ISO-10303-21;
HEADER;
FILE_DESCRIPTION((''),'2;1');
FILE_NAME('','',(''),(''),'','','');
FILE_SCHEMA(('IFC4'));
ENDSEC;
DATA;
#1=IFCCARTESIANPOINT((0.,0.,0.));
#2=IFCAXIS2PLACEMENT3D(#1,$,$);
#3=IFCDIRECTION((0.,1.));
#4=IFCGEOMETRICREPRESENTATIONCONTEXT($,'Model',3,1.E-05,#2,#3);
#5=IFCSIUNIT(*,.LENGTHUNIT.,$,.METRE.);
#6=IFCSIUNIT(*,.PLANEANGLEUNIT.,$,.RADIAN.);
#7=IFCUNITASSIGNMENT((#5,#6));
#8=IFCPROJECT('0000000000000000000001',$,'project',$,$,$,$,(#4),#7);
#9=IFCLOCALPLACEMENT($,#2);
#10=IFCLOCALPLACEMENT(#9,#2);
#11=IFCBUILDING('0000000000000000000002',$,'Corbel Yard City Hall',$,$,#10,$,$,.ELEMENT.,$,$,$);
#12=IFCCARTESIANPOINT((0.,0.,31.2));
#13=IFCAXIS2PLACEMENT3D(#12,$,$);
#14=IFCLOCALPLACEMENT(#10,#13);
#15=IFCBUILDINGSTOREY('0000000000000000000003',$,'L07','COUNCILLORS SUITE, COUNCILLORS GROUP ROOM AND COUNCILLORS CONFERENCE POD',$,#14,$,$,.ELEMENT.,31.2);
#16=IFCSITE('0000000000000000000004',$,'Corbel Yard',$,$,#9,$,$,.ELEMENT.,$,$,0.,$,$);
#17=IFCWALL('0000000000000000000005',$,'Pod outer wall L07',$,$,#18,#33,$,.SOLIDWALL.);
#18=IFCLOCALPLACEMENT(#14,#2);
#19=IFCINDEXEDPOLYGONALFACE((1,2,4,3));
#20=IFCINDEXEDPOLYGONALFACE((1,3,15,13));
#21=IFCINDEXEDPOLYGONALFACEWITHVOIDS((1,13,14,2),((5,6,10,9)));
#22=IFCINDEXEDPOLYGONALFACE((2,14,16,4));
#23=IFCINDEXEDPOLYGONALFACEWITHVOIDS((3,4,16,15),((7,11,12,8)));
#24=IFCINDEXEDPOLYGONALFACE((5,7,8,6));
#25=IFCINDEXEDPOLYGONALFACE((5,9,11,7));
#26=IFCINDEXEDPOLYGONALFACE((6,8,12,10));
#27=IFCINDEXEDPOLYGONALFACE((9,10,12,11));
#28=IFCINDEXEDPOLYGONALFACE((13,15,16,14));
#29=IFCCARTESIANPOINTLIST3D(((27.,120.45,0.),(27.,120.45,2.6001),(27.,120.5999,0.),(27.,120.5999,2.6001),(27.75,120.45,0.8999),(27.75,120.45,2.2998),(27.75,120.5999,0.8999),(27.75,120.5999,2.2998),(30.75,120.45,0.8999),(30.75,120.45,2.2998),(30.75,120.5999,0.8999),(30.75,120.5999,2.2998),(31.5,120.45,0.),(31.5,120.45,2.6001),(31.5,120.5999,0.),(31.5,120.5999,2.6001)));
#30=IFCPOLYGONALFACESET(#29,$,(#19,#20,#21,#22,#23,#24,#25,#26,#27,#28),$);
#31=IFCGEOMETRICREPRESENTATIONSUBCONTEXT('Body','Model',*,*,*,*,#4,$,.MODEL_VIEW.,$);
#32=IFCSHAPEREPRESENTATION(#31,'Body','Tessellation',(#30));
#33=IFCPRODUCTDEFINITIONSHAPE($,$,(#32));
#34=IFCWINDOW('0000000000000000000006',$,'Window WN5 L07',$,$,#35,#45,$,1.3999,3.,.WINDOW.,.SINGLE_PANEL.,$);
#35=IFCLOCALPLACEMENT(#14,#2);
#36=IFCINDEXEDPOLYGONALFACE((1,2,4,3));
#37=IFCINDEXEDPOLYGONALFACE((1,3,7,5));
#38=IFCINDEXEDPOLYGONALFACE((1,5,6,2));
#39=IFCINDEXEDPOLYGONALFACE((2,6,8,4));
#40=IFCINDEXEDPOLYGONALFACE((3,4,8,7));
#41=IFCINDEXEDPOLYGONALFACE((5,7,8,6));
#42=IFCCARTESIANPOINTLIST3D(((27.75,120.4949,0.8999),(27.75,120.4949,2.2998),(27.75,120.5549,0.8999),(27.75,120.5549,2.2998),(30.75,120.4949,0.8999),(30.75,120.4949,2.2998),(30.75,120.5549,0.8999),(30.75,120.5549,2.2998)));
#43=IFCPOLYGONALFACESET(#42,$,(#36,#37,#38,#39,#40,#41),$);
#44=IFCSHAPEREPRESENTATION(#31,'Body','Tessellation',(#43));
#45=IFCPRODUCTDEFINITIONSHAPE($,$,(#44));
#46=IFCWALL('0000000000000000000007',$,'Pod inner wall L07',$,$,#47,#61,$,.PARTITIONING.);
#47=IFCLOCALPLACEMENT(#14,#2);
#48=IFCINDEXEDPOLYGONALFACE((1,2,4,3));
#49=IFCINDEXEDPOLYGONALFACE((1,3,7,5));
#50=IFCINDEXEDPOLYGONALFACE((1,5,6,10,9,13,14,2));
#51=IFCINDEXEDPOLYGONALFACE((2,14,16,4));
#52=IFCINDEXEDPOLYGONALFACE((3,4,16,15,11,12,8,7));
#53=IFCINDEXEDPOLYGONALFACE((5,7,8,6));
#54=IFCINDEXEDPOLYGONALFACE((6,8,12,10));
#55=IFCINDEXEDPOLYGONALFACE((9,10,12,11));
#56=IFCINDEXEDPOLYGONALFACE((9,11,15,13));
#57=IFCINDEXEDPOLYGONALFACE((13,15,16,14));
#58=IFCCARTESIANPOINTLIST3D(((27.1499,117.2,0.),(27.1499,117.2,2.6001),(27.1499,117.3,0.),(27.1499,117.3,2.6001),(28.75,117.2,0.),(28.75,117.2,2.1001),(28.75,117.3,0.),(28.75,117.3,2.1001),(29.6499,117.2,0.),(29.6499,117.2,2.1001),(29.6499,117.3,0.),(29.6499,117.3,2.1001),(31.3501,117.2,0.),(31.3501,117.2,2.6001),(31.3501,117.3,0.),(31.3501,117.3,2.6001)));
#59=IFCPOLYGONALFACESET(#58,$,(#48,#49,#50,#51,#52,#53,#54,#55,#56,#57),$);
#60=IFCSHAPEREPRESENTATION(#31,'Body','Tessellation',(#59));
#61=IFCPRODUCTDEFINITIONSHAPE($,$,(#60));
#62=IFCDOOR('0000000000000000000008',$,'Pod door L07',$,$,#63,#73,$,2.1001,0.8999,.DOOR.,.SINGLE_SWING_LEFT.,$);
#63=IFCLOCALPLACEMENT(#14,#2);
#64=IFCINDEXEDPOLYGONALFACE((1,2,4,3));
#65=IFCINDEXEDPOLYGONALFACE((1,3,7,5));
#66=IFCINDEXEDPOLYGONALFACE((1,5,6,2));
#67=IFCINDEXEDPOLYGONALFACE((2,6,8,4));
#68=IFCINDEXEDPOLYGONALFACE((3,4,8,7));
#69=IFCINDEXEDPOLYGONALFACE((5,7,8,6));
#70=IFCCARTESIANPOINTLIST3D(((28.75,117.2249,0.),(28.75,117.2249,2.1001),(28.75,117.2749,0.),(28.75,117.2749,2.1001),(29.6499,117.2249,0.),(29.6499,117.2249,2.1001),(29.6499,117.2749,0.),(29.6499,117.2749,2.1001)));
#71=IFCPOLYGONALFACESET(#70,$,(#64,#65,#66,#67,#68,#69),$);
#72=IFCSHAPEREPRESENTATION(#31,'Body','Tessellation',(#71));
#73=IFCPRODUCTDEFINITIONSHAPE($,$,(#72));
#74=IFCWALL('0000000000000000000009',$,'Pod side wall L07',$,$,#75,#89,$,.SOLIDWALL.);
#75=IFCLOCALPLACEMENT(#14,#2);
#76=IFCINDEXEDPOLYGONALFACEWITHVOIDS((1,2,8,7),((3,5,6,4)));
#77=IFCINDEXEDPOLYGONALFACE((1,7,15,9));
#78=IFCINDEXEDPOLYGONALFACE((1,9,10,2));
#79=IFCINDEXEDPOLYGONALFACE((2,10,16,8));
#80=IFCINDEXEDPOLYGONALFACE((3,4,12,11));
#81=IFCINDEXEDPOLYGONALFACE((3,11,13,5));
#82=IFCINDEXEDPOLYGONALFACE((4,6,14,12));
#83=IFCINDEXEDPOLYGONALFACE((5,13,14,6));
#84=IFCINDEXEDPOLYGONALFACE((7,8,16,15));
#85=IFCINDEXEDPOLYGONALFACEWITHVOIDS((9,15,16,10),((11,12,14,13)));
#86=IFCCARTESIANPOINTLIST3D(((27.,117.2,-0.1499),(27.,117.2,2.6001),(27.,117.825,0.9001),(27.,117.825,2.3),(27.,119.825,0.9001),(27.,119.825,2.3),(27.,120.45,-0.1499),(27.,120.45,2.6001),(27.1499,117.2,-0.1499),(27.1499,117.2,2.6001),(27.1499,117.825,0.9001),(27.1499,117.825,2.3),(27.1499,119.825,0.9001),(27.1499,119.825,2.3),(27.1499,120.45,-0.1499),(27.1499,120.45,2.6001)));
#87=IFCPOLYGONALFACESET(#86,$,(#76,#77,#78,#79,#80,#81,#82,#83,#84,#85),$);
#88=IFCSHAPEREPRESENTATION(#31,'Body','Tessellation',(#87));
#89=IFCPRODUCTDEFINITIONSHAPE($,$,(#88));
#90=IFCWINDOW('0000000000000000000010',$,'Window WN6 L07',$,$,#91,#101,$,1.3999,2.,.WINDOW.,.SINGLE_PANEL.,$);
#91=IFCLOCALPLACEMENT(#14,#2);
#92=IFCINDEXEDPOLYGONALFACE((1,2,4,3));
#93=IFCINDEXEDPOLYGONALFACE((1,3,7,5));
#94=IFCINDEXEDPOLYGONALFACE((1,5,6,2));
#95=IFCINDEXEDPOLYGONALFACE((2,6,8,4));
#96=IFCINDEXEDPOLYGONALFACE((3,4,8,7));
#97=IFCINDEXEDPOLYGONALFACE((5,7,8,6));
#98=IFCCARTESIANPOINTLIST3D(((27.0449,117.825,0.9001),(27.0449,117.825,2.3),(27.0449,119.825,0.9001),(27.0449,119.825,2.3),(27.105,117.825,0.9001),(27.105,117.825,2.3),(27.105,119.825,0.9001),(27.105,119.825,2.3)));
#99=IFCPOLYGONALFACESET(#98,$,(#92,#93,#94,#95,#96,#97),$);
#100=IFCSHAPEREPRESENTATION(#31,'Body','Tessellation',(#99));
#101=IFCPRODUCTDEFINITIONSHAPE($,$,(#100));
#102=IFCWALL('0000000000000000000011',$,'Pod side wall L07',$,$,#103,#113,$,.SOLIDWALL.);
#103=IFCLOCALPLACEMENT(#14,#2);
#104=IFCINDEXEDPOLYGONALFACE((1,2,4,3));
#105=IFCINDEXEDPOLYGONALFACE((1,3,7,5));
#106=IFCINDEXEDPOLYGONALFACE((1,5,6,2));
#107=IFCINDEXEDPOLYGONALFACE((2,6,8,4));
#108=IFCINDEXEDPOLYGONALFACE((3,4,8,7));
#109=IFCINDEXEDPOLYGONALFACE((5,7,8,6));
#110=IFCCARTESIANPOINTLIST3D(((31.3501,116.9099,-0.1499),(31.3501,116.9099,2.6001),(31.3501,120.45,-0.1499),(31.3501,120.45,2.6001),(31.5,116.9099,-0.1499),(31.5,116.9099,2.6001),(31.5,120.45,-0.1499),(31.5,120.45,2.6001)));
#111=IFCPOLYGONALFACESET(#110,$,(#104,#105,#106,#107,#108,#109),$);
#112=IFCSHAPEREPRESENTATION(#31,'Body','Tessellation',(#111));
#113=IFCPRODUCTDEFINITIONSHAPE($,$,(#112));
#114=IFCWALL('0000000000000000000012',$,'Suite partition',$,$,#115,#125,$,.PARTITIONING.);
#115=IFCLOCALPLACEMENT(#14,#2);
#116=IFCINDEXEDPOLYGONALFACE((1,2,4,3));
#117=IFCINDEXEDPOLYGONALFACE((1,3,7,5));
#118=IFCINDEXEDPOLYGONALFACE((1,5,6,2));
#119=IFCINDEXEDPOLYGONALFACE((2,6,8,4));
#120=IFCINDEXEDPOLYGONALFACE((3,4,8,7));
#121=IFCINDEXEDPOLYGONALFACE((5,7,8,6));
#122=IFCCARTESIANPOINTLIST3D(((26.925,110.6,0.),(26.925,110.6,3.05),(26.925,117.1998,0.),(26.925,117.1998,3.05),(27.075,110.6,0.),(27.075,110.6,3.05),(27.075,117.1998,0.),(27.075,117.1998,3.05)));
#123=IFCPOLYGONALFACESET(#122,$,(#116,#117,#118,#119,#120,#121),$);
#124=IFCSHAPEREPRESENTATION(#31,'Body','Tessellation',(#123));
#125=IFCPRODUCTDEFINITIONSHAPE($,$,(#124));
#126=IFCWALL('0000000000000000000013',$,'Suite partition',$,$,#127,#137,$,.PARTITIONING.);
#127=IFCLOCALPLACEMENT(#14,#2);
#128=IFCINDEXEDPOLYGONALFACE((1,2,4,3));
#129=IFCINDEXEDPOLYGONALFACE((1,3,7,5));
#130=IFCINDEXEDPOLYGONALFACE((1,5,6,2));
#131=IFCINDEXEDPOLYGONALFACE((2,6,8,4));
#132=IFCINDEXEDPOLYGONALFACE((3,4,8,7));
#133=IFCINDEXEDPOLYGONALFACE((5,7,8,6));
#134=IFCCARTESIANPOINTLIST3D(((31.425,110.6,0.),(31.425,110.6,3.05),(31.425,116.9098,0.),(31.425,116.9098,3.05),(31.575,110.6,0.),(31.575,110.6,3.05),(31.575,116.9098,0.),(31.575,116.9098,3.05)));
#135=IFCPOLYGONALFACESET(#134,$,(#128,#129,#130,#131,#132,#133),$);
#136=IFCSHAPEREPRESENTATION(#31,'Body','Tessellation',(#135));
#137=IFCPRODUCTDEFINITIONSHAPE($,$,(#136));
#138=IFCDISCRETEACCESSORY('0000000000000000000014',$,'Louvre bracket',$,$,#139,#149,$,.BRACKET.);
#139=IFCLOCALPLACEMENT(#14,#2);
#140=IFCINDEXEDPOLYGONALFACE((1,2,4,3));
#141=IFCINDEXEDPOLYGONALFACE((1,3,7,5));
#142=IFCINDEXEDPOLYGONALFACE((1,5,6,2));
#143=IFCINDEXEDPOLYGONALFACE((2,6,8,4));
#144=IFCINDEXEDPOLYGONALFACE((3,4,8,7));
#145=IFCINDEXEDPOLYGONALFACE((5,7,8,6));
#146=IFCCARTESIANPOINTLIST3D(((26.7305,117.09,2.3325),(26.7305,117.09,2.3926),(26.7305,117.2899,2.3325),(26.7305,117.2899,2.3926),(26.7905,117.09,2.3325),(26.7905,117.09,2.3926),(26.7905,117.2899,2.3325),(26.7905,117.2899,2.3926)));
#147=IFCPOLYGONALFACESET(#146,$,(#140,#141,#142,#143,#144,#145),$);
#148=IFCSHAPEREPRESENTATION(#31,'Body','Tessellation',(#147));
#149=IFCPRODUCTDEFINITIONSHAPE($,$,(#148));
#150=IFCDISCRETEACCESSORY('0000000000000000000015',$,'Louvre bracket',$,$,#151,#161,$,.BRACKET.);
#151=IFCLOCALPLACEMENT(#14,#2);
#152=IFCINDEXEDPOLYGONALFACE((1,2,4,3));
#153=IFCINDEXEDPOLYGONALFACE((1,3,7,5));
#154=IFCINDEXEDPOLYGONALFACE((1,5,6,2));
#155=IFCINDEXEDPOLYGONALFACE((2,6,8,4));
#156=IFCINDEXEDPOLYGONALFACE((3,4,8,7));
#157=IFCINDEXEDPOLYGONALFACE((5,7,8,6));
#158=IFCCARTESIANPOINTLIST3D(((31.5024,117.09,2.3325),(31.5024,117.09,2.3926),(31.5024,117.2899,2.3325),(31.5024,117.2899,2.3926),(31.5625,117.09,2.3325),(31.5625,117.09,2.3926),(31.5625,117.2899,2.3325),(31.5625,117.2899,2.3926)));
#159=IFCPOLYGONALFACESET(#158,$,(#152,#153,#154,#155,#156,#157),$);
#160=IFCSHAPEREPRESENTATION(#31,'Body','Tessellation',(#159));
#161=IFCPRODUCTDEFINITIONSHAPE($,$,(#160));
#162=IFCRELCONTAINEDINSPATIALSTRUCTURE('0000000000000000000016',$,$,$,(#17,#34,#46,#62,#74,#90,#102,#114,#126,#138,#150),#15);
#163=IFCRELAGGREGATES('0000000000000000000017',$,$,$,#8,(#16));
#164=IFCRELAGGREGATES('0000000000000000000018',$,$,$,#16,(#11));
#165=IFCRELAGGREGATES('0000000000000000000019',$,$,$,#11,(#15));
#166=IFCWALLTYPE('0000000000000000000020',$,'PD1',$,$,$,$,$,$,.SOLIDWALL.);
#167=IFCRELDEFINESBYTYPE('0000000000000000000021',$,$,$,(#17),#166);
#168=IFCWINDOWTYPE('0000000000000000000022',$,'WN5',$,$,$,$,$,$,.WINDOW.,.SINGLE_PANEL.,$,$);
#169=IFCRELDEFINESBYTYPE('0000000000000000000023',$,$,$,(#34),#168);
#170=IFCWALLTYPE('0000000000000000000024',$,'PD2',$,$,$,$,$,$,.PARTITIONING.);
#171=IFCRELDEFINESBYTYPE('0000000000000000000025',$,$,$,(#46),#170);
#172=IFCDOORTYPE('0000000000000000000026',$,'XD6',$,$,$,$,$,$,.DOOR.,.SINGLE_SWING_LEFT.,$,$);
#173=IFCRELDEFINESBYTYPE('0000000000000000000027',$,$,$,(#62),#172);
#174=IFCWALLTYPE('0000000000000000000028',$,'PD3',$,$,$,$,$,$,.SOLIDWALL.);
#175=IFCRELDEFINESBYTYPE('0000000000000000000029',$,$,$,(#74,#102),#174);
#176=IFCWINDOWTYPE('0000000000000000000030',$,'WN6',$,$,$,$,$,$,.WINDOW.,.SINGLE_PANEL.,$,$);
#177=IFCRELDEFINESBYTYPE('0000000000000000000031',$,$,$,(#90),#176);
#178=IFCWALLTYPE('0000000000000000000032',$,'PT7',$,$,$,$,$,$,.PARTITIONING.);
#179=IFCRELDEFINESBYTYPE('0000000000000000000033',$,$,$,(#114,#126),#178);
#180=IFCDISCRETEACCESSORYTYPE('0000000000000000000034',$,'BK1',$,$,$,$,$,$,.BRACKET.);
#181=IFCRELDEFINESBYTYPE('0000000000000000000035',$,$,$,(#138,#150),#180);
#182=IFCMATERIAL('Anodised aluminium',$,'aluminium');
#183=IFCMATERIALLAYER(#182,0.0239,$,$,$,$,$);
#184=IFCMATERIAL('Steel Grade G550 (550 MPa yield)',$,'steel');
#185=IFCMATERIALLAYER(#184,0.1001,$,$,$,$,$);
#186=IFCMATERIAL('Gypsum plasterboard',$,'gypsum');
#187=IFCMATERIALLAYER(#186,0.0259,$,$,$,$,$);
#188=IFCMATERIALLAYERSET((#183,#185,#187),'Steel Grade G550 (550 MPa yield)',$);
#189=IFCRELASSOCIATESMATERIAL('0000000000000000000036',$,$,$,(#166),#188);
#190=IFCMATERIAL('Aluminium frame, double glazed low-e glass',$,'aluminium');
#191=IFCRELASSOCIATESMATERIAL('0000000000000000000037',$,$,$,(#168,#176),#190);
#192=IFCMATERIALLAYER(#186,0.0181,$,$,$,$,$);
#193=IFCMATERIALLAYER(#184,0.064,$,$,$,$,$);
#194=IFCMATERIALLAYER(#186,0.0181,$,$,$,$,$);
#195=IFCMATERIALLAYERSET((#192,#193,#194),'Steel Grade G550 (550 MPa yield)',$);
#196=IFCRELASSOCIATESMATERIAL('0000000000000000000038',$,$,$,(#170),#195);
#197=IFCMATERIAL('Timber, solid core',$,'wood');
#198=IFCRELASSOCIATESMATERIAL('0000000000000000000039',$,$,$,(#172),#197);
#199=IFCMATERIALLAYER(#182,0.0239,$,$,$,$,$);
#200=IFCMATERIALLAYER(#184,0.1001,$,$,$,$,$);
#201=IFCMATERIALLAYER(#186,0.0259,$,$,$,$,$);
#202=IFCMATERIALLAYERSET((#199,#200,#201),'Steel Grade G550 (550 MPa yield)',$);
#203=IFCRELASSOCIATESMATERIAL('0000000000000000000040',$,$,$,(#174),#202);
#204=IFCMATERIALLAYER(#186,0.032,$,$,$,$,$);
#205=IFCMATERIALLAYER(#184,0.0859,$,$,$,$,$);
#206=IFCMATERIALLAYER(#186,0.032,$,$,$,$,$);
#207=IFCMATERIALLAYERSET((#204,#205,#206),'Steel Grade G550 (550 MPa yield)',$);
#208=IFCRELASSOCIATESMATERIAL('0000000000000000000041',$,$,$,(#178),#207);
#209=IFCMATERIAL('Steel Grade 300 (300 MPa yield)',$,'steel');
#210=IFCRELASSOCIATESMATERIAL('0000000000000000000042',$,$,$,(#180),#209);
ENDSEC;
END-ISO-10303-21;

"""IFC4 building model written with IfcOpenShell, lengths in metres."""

from ifc_helpers import new_model, si_unit, direction, frame, frame_2d, origin, origin_2d, place, context, subcontext, project, spatial, rectangle, extrude, material, layer, layer_set, type_object, element, fill, save


model = new_model("IFC4")

# Units and contexts
model_context = context("Model", 3, precision=1e-05, world=origin(), true_north=direction((0.0, 1.0)))
body_context = subcontext(model_context, "Body", "Model", "MODEL_VIEW")
ifc_project = project(units=[si_unit("LENGTHUNIT", "METRE"), si_unit("PLANEANGLEUNIT", "RADIAN")], contexts=[model_context])

# Site, building, storey
site_placement = place(None, origin())
site = spatial("IfcSite", under=ifc_project, at=site_placement, Name="Corbel Yard", CompositionType="ELEMENT", RefElevation=0.0)
building_placement = place(site_placement, origin())
building = spatial("IfcBuilding", under=site, at=building_placement, Name="Corbel Yard City Hall", CompositionType="ELEMENT")
storey_placement = place(building_placement, frame((0.0, 0.0, 31.2)))
storey = spatial("IfcBuildingStorey", under=building, at=storey_placement, Name="L07", Description="COUNCILLORS SUITE, COUNCILLORS GROUP ROOM AND COUNCILLORS CONFERENCE POD", CompositionType="ELEMENT", Elevation=31.2)

# Shared definitions
ifc_material_1 = material(Name="Steel Grade 300 (300 MPa yield)", Category="steel")

# Wall, opening, window
ifc_material_2 = material(Name="Anodised aluminium", Category="aluminium")
ifc_layer_1 = layer(ifc_material_2, 0.0239)
ifc_material_3 = material(Name="Steel Grade G550 (550 MPa yield)", Category="steel")
ifc_layer_2 = layer(ifc_material_3, 0.1001)
ifc_material_4 = material(Name="Gypsum plasterboard", Category="gypsum")
ifc_layer_3 = layer(ifc_material_4, 0.0259)
ifc_layer_set_1 = layer_set([ifc_layer_1, ifc_layer_2, ifc_layer_3], Name="Steel Grade G550 (550 MPa yield)")
wall_type_1 = type_object("IfcWallType", Name="PD1", PredefinedType="SOLIDWALL", material=ifc_layer_set_1)
wall_1_placement = place(storey_placement, frame((27.0, 120.5249, 0.0), z_axis=(0.0, 0.0, 1.0), x_axis=(1.0, 0.0, 0.0)))
wall_1 = element("IfcWall", 1, at=wall_1_placement, inside=storey, type_object=wall_type_1, Name="Pod outer wall L07", PredefinedType="SOLIDWALL", context=body_context, shape_type="SweptSolid", body=[
    extrude(rectangle(XDim=4.5, YDim=0.1499, at=frame_2d((2.25, 0.0))), origin(), (0.0, 0.0, 1.0), 2.6001),
])
opening_1_placement = place(wall_1_placement, frame((0.75, 0.0, 0.8999)))
opening_1 = element("IfcOpeningElement", 2, at=opening_1_placement, cuts=wall_1, PredefinedType="OPENING", context=body_context, shape_type="SweptSolid", body=[
    extrude(rectangle(XDim=3.0, YDim=1.3999, at=frame_2d((1.5, 0.7))), frame((0.0, 0.085, 0.0), z_axis=(0.0, -1.0, 0.0), x_axis=(1.0, 0.0, 0.0)), (0.0, 0.0, 1.0), 0.1699),
])
ifc_material_5 = material(Name="Aluminium frame, double glazed low-e glass", Category="aluminium")
window_type_1 = type_object("IfcWindowType", Name="WN5", PartitioningType="SINGLE_PANEL", PredefinedType="WINDOW", material=ifc_material_5)
window_1_placement = place(opening_1_placement, origin())
window_1 = element("IfcWindow", 3, at=window_1_placement, inside=storey, type_object=window_type_1, Name="Window WN5 L07", OverallHeight=1.3999, OverallWidth=3.0, PartitioningType="SINGLE_PANEL", PredefinedType="WINDOW", context=body_context, shape_type="SweptSolid", body=[
    extrude(rectangle(XDim=3.0, YDim=1.3999, at=frame_2d((1.5, 0.7))), frame((0.0, 0.03, 0.0), z_axis=(0.0, -1.0, 0.0), x_axis=(1.0, 0.0, 0.0)), (0.0, 0.0, 1.0), 0.0601),
])
fill(opening_1, window_1)

# Wall, opening, door
ifc_layer_4 = layer(ifc_material_4, 0.0181)
ifc_layer_5 = layer(ifc_material_3, 0.064)
ifc_layer_6 = layer(ifc_material_4, 0.0181)
ifc_layer_set_2 = layer_set([ifc_layer_4, ifc_layer_5, ifc_layer_6], Name="Steel Grade G550 (550 MPa yield)")
wall_type_2 = type_object("IfcWallType", Name="PD2", PredefinedType="PARTITIONING", material=ifc_layer_set_2)
wall_2_placement = place(storey_placement, frame((27.1499, 117.25, 0.0), z_axis=(0.0, 0.0, 1.0), x_axis=(1.0, 0.0, 0.0)))
wall_2 = element("IfcWall", 4, at=wall_2_placement, inside=storey, type_object=wall_type_2, Name="Pod inner wall L07", PredefinedType="PARTITIONING", context=body_context, shape_type="SweptSolid", body=[
    extrude(rectangle(XDim=4.2002, YDim=0.1001, at=frame_2d((2.1001, 0.0))), origin(), (0.0, 0.0, 1.0), 2.6001),
])
opening_2_placement = place(wall_2_placement, frame((1.6001, 0.0, 0.0)))
opening_2 = element("IfcOpeningElement", 5, at=opening_2_placement, cuts=wall_2, PredefinedType="OPENING", context=body_context, shape_type="SweptSolid", body=[
    extrude(rectangle(XDim=0.8999, YDim=2.1001, at=frame_2d((0.45, 1.05))), frame((0.0, 0.0601, 0.0), z_axis=(0.0, -1.0, 0.0), x_axis=(1.0, 0.0, 0.0)), (0.0, 0.0, 1.0), 0.1201),
])
ifc_material_6 = material(Name="Timber, solid core", Category="wood")
door_type = type_object("IfcDoorType", Name="XD6", OperationType="SINGLE_SWING_LEFT", PredefinedType="DOOR", material=ifc_material_6)
door_placement = place(opening_2_placement, origin())
door = element("IfcDoor", 6, at=door_placement, inside=storey, type_object=door_type, Name="Pod door L07", OperationType="SINGLE_SWING_LEFT", OverallHeight=2.1001, OverallWidth=0.8999, PredefinedType="DOOR", context=body_context, shape_type="SweptSolid", body=[
    extrude(rectangle(XDim=0.8999, YDim=2.1001, at=frame_2d((0.45, 1.05))), frame((0.0, 0.0249, 0.0), z_axis=(0.0, -1.0, 0.0), x_axis=(1.0, 0.0, 0.0)), (0.0, 0.0, 1.0), 0.05),
])
fill(opening_2, door)

# Wall, opening, window
ifc_layer_7 = layer(ifc_material_2, 0.0239)
ifc_layer_8 = layer(ifc_material_3, 0.1001)
ifc_layer_9 = layer(ifc_material_4, 0.0259)
ifc_layer_set_3 = layer_set([ifc_layer_7, ifc_layer_8, ifc_layer_9], Name="Steel Grade G550 (550 MPa yield)")
wall_type_3 = type_object("IfcWallType", Name="PD3", PredefinedType="SOLIDWALL", material=ifc_layer_set_3)
wall_3_placement = place(storey_placement, frame((27.075, 120.45, -0.1499), z_axis=(0.0, 0.0, 1.0), x_axis=(0.0, -1.0, 0.0)))
wall_3 = element("IfcWall", 7, at=wall_3_placement, inside=storey, type_object=wall_type_3, Name="Pod side wall L07", PredefinedType="SOLIDWALL", context=body_context, shape_type="SweptSolid", body=[
    extrude(rectangle(XDim=3.25, YDim=0.1499, at=frame_2d((1.625, 0.0))), origin(), (0.0, 0.0, 1.0), 2.75),
])
opening_3_placement = place(wall_3_placement, frame((0.625, 0.0, 1.05)))
opening_3 = element("IfcOpeningElement", 8, at=opening_3_placement, cuts=wall_3, PredefinedType="OPENING", context=body_context, shape_type="SweptSolid", body=[
    extrude(rectangle(XDim=2.0, YDim=1.3999, at=frame_2d((1.0, 0.7))), frame((0.0, 0.085, 0.0), z_axis=(0.0, -1.0, 0.0), x_axis=(1.0, 0.0, 0.0)), (0.0, 0.0, 1.0), 0.1699),
])
window_type_2 = type_object("IfcWindowType", Name="WN6", PartitioningType="SINGLE_PANEL", PredefinedType="WINDOW", material=ifc_material_5)
window_2_placement = place(opening_3_placement, origin())
window_2 = element("IfcWindow", 9, at=window_2_placement, inside=storey, type_object=window_type_2, Name="Window WN6 L07", OverallHeight=1.3999, OverallWidth=2.0, PartitioningType="SINGLE_PANEL", PredefinedType="WINDOW", context=body_context, shape_type="SweptSolid", body=[
    extrude(rectangle(XDim=2.0, YDim=1.3999, at=frame_2d((1.0, 0.7))), frame((0.0, 0.03, 0.0), z_axis=(0.0, -1.0, 0.0), x_axis=(1.0, 0.0, 0.0)), (0.0, 0.0, 1.0), 0.0601),
])
fill(opening_3, window_2)

# Walls
wall_4_placement = place(storey_placement, frame((31.425, 120.45, -0.1499), z_axis=(0.0, 0.0, 1.0), x_axis=(0.0, -1.0, 0.0)))
element("IfcWall", 10, at=wall_4_placement, inside=storey, type_object=wall_type_3, Name="Pod side wall L07", PredefinedType="SOLIDWALL", context=body_context, shape_type="SweptSolid", body=[
    extrude(rectangle(XDim=3.54, YDim=0.1499, at=frame_2d((1.77, 0.0))), origin(), (0.0, 0.0, 1.0), 2.75),
])
ifc_layer_10 = layer(ifc_material_4, 0.032)
ifc_layer_11 = layer(ifc_material_3, 0.0859)
ifc_layer_12 = layer(ifc_material_4, 0.032)
ifc_layer_set_4 = layer_set([ifc_layer_10, ifc_layer_11, ifc_layer_12], Name="Steel Grade G550 (550 MPa yield)")
wall_type_4 = type_object("IfcWallType", Name="PT7", PredefinedType="PARTITIONING", material=ifc_layer_set_4)
wall_5_placement = place(storey_placement, frame((27.0, 110.6001, 0.0), z_axis=(0.0, 0.0, 1.0), x_axis=(0.0, 1.0, 0.0)))
element("IfcWall", 11, at=wall_5_placement, inside=storey, type_object=wall_type_4, Name="Suite partition", PredefinedType="PARTITIONING", context=body_context, shape_type="SweptSolid", body=[
    extrude(rectangle(XDim=6.5999, YDim=0.1499, at=frame_2d((3.2998, 0.0))), origin(), (0.0, 0.0, 1.0), 3.05),
])
wall_6_placement = place(storey_placement, frame((31.5, 110.6001, 0.0), z_axis=(0.0, 0.0, 1.0), x_axis=(0.0, 1.0, 0.0)))
element("IfcWall", 12, at=wall_6_placement, inside=storey, type_object=wall_type_4, Name="Suite partition", PredefinedType="PARTITIONING", context=body_context, shape_type="SweptSolid", body=[
    extrude(rectangle(XDim=6.3098, YDim=0.1499, at=frame_2d((3.1548, 0.0))), origin(), (0.0, 0.0, 1.0), 3.05),
])

# Discrete accessories
discrete_accessory_type = type_object("IfcDiscreteAccessoryType", Name="BK1", PredefinedType="BRACKET", material=ifc_material_1)
for number, where, z_axis, x_axis, name in (
    (13, (26.7605, 117.1899, 2.3325), (0.0, 0.0, 1.0), (1.0, 0.0, 0.0), "Louvre bracket"),
    (14, (31.5325, 117.1899, 2.3325), (0.0, 0.0, 1.0), (1.0, 0.0, 0.0), "Louvre bracket"),
):
    element("IfcDiscreteAccessory", number, at=place(storey_placement, frame(where, z_axis=z_axis, x_axis=x_axis)), inside=storey, type_object=discrete_accessory_type, Name=name, PredefinedType="BRACKET", context=body_context, shape_type="SweptSolid", body=[
        extrude(rectangle(XDim=0.0601, YDim=0.2, at=origin_2d()), origin(), (0.0, 0.0, 1.0), 0.0601),
    ])

save(model, "model.ifc")
